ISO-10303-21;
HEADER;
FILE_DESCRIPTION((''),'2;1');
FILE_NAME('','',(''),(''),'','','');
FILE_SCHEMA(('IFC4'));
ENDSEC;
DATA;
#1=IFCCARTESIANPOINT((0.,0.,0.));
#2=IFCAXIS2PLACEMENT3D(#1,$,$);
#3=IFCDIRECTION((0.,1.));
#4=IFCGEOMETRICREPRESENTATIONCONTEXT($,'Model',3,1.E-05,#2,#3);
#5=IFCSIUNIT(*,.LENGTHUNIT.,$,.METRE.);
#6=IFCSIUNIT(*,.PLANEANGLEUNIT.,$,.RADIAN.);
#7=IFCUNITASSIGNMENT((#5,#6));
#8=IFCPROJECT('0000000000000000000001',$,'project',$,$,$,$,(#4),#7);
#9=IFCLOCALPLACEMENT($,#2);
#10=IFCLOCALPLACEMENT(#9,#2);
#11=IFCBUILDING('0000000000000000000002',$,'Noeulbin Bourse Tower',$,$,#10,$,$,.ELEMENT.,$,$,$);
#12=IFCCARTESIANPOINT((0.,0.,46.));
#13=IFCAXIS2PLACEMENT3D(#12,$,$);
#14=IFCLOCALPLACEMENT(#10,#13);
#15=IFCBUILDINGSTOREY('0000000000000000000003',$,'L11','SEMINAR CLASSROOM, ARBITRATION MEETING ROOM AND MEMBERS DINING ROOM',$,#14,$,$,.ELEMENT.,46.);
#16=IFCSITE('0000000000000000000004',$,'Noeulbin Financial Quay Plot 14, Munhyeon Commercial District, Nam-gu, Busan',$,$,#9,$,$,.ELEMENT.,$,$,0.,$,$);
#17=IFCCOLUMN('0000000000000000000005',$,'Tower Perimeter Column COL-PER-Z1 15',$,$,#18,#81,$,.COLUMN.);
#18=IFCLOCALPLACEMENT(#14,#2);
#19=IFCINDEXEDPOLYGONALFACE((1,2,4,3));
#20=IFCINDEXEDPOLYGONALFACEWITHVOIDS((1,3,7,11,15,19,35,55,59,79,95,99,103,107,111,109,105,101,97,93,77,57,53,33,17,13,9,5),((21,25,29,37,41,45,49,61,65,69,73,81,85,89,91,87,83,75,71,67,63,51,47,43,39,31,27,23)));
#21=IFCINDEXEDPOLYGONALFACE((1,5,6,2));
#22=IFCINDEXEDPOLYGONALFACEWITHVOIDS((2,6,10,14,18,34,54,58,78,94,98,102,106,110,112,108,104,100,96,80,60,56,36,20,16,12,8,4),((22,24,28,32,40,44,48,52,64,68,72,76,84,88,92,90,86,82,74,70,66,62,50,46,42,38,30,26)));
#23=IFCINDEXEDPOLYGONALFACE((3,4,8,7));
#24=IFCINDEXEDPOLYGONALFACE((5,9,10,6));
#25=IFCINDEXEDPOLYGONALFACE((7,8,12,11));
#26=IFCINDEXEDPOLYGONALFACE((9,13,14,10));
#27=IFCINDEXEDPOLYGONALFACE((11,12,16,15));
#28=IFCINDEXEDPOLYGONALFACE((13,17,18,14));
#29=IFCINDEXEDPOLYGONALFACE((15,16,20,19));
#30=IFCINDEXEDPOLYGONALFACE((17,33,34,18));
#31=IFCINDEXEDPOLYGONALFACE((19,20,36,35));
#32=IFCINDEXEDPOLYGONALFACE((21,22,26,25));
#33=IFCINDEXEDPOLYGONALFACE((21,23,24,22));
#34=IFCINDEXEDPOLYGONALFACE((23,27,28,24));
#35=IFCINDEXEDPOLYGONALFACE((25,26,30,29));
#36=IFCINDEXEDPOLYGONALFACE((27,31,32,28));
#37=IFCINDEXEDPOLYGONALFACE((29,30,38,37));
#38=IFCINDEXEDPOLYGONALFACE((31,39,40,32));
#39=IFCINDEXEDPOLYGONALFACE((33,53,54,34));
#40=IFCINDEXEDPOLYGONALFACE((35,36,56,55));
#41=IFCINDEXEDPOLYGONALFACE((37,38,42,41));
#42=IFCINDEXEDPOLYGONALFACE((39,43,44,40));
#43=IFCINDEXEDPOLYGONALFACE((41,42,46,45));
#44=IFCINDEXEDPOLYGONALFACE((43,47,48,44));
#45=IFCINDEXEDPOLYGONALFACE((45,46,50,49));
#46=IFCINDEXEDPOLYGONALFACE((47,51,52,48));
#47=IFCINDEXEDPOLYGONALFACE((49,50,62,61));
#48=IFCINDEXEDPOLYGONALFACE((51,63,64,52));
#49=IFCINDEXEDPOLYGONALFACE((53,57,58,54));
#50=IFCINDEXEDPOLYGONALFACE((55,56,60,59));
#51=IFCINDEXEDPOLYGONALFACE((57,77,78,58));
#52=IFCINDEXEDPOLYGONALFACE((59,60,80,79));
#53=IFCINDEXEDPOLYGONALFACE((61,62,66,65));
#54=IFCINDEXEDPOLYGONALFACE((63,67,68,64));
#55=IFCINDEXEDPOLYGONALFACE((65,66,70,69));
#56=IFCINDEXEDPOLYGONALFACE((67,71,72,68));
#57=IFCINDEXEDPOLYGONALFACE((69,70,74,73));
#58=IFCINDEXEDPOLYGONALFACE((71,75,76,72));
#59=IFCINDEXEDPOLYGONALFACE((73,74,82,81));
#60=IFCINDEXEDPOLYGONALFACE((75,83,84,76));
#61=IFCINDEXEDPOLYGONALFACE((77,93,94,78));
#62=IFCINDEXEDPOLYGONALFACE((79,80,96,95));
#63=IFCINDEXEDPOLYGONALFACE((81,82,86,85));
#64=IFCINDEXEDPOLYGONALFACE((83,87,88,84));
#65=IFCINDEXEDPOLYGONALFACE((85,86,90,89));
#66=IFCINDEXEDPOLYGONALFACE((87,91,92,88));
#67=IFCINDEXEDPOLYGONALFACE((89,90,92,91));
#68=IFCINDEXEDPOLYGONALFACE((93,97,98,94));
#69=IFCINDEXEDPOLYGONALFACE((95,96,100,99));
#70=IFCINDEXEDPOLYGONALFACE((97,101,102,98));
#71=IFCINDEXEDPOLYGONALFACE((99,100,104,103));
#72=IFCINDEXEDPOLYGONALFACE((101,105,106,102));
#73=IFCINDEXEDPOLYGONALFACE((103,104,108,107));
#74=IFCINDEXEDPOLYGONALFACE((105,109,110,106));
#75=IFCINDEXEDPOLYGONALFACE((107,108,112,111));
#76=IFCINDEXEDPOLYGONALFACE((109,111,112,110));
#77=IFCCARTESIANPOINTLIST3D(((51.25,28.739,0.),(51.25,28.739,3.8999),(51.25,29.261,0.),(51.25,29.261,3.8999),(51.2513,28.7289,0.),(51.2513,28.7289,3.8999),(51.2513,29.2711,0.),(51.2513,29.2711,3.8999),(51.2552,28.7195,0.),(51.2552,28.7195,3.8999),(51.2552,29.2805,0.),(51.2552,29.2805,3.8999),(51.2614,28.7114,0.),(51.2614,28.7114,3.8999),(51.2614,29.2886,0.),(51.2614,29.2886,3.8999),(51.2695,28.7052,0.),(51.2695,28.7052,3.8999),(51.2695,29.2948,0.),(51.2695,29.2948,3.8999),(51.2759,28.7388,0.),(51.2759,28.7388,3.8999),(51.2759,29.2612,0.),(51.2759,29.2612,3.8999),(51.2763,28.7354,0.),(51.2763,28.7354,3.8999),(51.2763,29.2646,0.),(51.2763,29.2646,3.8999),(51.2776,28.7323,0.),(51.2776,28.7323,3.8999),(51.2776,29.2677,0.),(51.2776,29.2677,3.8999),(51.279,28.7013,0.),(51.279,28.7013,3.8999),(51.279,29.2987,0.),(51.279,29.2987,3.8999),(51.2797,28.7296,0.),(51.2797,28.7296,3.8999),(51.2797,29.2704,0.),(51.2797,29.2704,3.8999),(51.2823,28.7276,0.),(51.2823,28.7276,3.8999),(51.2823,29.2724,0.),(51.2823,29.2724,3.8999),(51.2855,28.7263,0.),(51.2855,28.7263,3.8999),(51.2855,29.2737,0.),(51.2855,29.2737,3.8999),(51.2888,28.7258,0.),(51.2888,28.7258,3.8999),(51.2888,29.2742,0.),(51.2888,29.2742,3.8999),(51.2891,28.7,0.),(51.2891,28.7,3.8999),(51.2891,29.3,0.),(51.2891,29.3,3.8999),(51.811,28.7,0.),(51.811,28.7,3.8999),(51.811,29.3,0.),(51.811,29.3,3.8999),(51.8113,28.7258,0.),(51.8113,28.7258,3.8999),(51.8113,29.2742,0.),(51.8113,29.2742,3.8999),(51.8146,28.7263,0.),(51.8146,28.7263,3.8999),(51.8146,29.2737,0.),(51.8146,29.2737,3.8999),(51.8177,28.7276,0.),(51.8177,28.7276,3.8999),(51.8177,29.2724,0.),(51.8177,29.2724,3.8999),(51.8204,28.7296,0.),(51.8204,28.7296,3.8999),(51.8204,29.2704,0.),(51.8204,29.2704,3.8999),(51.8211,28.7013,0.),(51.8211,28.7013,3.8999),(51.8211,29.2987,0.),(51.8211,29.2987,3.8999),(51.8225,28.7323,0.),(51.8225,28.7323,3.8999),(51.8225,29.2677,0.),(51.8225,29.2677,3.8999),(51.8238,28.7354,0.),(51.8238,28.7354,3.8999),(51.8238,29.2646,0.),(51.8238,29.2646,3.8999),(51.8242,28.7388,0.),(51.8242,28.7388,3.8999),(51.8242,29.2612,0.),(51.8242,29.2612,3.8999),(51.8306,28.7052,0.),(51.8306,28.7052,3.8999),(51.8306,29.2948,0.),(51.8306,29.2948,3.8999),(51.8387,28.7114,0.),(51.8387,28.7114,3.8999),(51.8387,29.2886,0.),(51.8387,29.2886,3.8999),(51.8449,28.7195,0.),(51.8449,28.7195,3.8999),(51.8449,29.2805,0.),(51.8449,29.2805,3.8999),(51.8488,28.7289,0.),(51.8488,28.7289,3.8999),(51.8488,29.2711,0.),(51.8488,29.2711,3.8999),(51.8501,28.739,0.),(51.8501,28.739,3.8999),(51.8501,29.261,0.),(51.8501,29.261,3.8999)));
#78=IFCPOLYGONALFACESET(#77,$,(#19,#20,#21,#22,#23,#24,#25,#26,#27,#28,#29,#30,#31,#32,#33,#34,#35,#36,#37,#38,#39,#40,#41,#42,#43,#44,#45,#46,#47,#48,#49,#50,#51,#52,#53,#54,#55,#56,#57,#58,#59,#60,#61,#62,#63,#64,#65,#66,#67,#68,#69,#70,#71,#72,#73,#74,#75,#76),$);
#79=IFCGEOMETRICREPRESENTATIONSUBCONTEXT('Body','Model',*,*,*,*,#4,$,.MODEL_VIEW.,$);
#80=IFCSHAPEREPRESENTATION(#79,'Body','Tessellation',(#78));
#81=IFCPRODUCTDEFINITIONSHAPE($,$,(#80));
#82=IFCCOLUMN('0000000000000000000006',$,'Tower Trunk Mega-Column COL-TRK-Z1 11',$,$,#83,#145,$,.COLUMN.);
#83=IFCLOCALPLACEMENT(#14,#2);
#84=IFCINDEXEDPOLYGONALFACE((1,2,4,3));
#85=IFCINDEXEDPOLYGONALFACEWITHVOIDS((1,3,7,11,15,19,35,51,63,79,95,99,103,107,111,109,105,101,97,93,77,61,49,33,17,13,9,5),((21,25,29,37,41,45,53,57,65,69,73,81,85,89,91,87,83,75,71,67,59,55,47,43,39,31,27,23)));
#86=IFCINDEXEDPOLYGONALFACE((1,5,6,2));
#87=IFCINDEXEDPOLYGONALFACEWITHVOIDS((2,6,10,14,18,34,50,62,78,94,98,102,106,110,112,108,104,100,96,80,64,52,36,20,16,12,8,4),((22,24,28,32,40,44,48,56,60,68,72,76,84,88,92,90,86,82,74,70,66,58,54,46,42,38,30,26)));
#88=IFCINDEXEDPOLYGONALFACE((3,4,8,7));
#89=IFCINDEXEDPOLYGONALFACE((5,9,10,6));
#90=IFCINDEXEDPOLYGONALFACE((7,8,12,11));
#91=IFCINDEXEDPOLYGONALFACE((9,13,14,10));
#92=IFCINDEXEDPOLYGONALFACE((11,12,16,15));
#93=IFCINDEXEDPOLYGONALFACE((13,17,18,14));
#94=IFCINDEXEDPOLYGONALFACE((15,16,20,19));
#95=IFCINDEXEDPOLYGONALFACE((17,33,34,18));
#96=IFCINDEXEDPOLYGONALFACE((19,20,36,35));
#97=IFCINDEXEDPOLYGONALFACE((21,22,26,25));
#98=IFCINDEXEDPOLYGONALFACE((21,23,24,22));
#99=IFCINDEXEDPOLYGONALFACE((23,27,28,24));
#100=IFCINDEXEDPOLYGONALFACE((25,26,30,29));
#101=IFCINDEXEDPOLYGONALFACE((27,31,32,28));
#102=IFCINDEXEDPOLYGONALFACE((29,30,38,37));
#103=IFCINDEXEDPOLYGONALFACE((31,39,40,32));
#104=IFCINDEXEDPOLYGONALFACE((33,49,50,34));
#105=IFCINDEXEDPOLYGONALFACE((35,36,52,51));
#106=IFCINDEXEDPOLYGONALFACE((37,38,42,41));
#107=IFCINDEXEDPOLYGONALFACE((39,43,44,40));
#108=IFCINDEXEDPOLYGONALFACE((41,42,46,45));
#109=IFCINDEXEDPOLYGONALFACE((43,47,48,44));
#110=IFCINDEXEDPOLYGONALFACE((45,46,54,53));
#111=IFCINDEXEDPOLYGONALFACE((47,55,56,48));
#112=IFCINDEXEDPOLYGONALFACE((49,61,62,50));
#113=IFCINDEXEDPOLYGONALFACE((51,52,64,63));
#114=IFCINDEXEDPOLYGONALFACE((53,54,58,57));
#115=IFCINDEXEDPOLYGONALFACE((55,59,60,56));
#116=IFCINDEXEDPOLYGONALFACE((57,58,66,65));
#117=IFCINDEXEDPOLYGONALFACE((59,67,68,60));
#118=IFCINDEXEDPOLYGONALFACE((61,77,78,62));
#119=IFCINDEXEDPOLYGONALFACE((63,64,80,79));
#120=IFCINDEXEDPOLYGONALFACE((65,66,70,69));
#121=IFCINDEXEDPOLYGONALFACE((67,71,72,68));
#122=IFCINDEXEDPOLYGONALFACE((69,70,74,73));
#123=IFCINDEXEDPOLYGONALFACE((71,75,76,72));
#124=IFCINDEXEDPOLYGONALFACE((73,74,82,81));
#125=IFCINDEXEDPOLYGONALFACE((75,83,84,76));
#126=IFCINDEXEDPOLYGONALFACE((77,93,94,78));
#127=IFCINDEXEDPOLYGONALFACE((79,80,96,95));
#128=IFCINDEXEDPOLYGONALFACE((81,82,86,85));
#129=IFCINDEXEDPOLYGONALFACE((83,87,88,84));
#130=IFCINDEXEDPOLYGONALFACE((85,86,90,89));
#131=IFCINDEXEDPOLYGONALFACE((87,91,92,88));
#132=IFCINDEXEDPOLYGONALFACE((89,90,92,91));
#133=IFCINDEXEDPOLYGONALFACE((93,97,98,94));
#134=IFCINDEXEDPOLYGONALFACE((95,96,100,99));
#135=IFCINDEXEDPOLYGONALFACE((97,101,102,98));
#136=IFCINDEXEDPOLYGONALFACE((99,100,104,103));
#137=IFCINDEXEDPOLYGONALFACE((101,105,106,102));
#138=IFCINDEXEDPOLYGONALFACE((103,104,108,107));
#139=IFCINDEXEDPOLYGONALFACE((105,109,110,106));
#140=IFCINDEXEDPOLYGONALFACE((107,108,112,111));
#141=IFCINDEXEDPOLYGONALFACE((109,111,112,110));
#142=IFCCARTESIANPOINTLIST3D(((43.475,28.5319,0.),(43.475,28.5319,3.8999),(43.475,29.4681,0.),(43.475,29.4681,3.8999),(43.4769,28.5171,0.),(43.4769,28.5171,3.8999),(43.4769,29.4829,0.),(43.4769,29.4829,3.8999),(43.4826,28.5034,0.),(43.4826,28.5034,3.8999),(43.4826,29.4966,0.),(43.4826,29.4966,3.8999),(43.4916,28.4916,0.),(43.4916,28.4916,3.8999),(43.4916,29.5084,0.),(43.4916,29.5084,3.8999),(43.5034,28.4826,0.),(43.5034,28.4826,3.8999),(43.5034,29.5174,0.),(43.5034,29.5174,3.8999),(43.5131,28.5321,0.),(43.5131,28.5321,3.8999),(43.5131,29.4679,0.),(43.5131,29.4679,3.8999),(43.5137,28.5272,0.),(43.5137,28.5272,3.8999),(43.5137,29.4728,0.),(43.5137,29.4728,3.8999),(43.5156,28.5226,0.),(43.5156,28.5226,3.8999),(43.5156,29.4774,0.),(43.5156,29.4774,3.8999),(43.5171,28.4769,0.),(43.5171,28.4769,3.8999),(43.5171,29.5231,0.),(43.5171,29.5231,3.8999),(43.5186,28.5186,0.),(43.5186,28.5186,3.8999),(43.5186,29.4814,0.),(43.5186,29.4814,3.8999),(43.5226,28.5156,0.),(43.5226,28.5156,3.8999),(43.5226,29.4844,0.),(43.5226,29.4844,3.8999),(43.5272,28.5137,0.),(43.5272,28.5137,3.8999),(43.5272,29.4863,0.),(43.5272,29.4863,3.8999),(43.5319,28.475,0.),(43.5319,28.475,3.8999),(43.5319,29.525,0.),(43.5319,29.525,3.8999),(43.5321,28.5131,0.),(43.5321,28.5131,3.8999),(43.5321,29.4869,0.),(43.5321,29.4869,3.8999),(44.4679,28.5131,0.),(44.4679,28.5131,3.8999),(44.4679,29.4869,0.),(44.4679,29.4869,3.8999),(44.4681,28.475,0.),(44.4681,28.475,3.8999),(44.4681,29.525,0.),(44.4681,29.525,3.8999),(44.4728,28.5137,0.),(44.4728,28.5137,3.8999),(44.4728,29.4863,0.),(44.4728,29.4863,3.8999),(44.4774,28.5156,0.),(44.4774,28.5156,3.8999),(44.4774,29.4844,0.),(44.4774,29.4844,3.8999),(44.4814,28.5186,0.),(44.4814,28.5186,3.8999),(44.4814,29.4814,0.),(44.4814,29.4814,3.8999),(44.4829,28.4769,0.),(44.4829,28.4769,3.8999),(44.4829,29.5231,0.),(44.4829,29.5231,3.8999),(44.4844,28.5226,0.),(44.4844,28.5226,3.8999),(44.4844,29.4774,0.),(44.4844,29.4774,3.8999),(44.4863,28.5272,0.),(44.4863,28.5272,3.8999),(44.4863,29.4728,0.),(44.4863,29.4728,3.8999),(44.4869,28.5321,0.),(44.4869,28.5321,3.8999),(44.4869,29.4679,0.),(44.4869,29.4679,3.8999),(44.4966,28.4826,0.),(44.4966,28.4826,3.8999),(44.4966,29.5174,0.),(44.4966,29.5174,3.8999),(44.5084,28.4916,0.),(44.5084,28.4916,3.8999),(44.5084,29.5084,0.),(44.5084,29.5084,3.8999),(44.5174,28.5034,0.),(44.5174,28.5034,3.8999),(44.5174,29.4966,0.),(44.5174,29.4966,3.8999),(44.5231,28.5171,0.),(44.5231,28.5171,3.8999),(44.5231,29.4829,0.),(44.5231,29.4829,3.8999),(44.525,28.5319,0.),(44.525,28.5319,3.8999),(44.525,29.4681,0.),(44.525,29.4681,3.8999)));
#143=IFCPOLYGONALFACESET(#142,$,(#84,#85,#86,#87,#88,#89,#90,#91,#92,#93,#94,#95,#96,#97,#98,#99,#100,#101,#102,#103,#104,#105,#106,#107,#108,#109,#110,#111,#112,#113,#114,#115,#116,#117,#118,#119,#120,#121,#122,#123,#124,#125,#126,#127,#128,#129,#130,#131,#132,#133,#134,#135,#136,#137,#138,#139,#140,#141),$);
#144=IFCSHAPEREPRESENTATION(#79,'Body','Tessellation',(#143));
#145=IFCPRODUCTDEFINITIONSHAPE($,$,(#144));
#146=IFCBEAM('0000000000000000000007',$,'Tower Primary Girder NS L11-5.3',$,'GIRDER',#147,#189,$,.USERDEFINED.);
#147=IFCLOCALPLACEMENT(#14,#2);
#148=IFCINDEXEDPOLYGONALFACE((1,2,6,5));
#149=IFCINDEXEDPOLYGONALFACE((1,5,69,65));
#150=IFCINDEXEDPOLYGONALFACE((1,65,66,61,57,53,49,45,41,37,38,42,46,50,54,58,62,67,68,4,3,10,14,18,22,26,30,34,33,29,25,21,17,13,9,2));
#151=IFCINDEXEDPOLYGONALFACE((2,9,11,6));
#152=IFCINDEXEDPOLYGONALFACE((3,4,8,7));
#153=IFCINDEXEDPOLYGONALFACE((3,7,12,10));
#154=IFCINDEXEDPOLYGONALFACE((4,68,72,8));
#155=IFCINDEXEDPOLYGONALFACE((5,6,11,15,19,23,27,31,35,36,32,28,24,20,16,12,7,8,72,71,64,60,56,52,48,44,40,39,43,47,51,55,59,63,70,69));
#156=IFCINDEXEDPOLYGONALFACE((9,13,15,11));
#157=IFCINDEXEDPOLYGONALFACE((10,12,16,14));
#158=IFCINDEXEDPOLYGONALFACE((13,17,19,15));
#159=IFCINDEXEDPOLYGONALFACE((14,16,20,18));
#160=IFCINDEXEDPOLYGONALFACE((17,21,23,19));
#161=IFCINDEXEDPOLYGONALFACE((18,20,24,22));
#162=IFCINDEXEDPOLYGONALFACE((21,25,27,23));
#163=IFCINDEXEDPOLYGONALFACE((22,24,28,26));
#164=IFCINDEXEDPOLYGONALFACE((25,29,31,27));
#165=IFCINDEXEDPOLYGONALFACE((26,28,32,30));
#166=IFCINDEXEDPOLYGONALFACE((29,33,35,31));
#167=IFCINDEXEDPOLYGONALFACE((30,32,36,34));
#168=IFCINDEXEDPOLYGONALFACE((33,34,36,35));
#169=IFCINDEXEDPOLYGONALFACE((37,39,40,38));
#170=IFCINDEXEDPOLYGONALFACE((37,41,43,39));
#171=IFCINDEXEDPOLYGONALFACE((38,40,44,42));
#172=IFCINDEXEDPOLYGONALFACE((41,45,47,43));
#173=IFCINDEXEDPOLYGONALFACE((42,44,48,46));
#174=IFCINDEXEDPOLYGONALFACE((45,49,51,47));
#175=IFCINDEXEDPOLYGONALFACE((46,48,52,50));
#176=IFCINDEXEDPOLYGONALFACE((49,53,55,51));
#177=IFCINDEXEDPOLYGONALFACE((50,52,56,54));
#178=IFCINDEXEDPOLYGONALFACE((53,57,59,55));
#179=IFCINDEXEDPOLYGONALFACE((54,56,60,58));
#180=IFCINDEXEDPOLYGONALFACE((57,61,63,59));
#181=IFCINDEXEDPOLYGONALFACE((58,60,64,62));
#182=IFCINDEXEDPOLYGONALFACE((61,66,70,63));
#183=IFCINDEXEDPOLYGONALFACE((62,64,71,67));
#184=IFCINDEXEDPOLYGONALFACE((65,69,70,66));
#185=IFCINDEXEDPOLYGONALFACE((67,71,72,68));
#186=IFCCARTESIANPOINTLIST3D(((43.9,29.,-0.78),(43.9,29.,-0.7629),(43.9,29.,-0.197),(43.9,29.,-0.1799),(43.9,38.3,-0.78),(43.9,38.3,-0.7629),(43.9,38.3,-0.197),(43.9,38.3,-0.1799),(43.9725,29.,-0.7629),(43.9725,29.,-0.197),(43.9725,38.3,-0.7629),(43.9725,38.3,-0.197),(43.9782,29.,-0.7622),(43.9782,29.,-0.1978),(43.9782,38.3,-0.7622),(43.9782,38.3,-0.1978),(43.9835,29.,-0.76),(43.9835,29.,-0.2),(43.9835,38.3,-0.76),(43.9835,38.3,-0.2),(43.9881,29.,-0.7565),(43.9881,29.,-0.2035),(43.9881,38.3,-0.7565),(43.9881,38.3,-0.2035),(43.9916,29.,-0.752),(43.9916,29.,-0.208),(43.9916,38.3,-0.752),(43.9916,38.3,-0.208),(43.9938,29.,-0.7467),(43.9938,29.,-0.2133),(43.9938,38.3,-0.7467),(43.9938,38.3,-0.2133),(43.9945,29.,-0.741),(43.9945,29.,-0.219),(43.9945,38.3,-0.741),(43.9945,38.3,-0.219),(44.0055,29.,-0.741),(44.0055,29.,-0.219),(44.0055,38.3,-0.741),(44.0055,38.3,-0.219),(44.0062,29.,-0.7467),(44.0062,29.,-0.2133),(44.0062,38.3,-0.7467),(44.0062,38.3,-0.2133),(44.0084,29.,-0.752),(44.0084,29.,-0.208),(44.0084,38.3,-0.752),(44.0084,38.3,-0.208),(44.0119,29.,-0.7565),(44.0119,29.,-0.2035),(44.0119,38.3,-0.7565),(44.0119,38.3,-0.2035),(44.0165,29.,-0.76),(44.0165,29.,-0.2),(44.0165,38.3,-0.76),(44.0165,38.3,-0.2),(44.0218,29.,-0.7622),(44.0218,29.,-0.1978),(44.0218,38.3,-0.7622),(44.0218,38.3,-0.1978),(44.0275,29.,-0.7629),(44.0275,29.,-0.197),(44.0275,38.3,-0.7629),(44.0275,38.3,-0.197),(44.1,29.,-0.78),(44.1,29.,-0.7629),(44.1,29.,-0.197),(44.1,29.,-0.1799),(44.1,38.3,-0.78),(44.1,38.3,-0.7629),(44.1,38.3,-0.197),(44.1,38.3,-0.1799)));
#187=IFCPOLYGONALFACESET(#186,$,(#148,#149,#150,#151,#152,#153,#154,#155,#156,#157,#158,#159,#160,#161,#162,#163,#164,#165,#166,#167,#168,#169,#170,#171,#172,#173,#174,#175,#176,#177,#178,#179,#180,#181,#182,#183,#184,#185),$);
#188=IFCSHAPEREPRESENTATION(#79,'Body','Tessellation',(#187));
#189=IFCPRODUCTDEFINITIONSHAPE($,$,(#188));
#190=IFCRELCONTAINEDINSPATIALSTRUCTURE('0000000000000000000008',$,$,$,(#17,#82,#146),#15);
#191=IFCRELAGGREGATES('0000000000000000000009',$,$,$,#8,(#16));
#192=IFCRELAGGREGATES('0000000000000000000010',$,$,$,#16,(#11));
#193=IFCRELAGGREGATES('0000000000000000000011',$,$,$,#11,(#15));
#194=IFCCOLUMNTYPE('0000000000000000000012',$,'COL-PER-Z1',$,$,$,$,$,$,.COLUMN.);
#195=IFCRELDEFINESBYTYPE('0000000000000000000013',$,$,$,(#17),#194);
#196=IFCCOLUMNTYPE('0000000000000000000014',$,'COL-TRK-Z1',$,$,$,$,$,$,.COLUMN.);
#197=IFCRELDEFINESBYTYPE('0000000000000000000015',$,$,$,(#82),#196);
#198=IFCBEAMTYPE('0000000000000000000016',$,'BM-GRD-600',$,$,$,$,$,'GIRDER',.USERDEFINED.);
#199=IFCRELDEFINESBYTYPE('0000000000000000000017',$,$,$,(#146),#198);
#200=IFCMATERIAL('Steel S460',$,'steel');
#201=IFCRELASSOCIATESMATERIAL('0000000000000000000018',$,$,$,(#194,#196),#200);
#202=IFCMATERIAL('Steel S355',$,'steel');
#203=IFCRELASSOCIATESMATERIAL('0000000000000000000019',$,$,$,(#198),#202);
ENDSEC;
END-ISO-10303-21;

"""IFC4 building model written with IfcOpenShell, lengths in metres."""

from ifc_helpers import new_model, si_unit, direction, frame, origin, origin_2d, place, context, subcontext, project, spatial, hollow_rectangle, i_section, extrude, material, material_profile, profile_set, type_object, element, save


model = new_model("IFC4")

# Units and contexts
model_context = context("Model", 3, precision=1e-05, world=origin(), true_north=direction((0.0, 1.0)))
body_context = subcontext(model_context, "Body", "Model", "MODEL_VIEW")
ifc_project = project(units=[si_unit("LENGTHUNIT", "METRE"), si_unit("PLANEANGLEUNIT", "RADIAN")], contexts=[model_context])

# Site, building, storey
site_placement = place(None, origin())
site = spatial("IfcSite", under=ifc_project, at=site_placement, Name="Noeulbin Financial Quay Plot 14, Munhyeon Commercial District, Nam-gu, Busan", CompositionType="ELEMENT", RefElevation=0.0)
building_placement = place(site_placement, origin())
building = spatial("IfcBuilding", under=site, at=building_placement, Name="Noeulbin Bourse Tower", CompositionType="ELEMENT")
storey_placement = place(building_placement, frame((0.0, 0.0, 46.0)))
storey = spatial("IfcBuildingStorey", under=building, at=storey_placement, Name="L11", Description="SEMINAR CLASSROOM, ARBITRATION MEETING ROOM AND MEMBERS DINING ROOM", CompositionType="ELEMENT", Elevation=46.0)

# Columns
ifc_material_1 = material(Name="Steel S460", Category="steel")
ifc_material_profile_1 = material_profile(ifc_material_1, hollow_rectangle(XDim=0.6001, YDim=0.6001, WallThickness=0.0259, InnerFilletRadius=0.0129, OuterFilletRadius=0.0391, at=origin_2d()), Name="BOX-600x600x26", Category="LoadBearing")
ifc_profile_set_1 = profile_set([ifc_material_profile_1], Name="Steel S460")
column_type_1 = type_object("IfcColumnType", Name="COL-PER-Z1", PredefinedType="COLUMN", material=ifc_profile_set_1)
column_1_placement = place(storey_placement, frame((51.55, 29.0, 0.0), z_axis=(0.0, 0.0, 1.0), x_axis=(1.0, 0.0, 0.0)))
element("IfcColumn", 1, at=column_1_placement, inside=storey, type_object=column_type_1, Name="Tower Perimeter Column COL-PER-Z1 15", PredefinedType="COLUMN", context=body_context, shape_type="SweptSolid", body=[
    extrude(hollow_rectangle(XDim=0.6001, YDim=0.6001, WallThickness=0.0259, InnerFilletRadius=0.0129, OuterFilletRadius=0.0391, at=origin_2d()), origin(), (0.0, 0.0, 1.0), 3.8999),
])
ifc_material_profile_2 = material_profile(ifc_material_1, hollow_rectangle(XDim=1.05, YDim=1.05, WallThickness=0.0381, InnerFilletRadius=0.019, OuterFilletRadius=0.0569, at=origin_2d()), Name="BOX-1050x1050x38", Category="LoadBearing")
ifc_profile_set_2 = profile_set([ifc_material_profile_2], Name="Steel S460")
column_type_2 = type_object("IfcColumnType", Name="COL-TRK-Z1", PredefinedType="COLUMN", material=ifc_profile_set_2)
column_2_placement = place(storey_placement, frame((44.0, 29.0, 0.0), z_axis=(0.0, 0.0, 1.0), x_axis=(1.0, 0.0, 0.0)))
element("IfcColumn", 2, at=column_2_placement, inside=storey, type_object=column_type_2, Name="Tower Trunk Mega-Column COL-TRK-Z1 11", PredefinedType="COLUMN", context=body_context, shape_type="SweptSolid", body=[
    extrude(hollow_rectangle(XDim=1.05, YDim=1.05, WallThickness=0.0381, InnerFilletRadius=0.019, OuterFilletRadius=0.0569, at=origin_2d()), origin(), (0.0, 0.0, 1.0), 3.8999),
])

# Beam
ifc_material_2 = material(Name="Steel S355", Category="steel")
ifc_material_profile_3 = material_profile(ifc_material_2, i_section(OverallWidth=0.2, OverallDepth=0.6001, WebThickness=0.011, FlangeThickness=0.0171, FilletRadius=0.022, at=origin_2d()), Name="H-600x200x11x17", Category="LoadBearing")
ifc_profile_set_3 = profile_set([ifc_material_profile_3], Name="Steel S355")
beam_type_1 = type_object("IfcBeamType", Name="BM-GRD-600", ElementType="GIRDER", PredefinedType="USERDEFINED", material=ifc_profile_set_3)
beam_1_placement = place(storey_placement, frame((44.0, 29.0, -0.48), z_axis=(0.0, 1.0, 0.0), x_axis=(-1.0, 0.0, 0.0)))
element("IfcBeam", 3, at=beam_1_placement, inside=storey, type_object=beam_type_1, Name="Tower Primary Girder NS L11-5.3", ObjectType="GIRDER", PredefinedType="USERDEFINED", context=body_context, shape_type="SweptSolid", body=[
    extrude(i_section(OverallWidth=0.2, OverallDepth=0.6001, WebThickness=0.011, FlangeThickness=0.0171, FilletRadius=0.022, at=origin_2d()), origin(), (0.0, 0.0, 1.0), 9.3),
])

save(model, "model.ifc")
